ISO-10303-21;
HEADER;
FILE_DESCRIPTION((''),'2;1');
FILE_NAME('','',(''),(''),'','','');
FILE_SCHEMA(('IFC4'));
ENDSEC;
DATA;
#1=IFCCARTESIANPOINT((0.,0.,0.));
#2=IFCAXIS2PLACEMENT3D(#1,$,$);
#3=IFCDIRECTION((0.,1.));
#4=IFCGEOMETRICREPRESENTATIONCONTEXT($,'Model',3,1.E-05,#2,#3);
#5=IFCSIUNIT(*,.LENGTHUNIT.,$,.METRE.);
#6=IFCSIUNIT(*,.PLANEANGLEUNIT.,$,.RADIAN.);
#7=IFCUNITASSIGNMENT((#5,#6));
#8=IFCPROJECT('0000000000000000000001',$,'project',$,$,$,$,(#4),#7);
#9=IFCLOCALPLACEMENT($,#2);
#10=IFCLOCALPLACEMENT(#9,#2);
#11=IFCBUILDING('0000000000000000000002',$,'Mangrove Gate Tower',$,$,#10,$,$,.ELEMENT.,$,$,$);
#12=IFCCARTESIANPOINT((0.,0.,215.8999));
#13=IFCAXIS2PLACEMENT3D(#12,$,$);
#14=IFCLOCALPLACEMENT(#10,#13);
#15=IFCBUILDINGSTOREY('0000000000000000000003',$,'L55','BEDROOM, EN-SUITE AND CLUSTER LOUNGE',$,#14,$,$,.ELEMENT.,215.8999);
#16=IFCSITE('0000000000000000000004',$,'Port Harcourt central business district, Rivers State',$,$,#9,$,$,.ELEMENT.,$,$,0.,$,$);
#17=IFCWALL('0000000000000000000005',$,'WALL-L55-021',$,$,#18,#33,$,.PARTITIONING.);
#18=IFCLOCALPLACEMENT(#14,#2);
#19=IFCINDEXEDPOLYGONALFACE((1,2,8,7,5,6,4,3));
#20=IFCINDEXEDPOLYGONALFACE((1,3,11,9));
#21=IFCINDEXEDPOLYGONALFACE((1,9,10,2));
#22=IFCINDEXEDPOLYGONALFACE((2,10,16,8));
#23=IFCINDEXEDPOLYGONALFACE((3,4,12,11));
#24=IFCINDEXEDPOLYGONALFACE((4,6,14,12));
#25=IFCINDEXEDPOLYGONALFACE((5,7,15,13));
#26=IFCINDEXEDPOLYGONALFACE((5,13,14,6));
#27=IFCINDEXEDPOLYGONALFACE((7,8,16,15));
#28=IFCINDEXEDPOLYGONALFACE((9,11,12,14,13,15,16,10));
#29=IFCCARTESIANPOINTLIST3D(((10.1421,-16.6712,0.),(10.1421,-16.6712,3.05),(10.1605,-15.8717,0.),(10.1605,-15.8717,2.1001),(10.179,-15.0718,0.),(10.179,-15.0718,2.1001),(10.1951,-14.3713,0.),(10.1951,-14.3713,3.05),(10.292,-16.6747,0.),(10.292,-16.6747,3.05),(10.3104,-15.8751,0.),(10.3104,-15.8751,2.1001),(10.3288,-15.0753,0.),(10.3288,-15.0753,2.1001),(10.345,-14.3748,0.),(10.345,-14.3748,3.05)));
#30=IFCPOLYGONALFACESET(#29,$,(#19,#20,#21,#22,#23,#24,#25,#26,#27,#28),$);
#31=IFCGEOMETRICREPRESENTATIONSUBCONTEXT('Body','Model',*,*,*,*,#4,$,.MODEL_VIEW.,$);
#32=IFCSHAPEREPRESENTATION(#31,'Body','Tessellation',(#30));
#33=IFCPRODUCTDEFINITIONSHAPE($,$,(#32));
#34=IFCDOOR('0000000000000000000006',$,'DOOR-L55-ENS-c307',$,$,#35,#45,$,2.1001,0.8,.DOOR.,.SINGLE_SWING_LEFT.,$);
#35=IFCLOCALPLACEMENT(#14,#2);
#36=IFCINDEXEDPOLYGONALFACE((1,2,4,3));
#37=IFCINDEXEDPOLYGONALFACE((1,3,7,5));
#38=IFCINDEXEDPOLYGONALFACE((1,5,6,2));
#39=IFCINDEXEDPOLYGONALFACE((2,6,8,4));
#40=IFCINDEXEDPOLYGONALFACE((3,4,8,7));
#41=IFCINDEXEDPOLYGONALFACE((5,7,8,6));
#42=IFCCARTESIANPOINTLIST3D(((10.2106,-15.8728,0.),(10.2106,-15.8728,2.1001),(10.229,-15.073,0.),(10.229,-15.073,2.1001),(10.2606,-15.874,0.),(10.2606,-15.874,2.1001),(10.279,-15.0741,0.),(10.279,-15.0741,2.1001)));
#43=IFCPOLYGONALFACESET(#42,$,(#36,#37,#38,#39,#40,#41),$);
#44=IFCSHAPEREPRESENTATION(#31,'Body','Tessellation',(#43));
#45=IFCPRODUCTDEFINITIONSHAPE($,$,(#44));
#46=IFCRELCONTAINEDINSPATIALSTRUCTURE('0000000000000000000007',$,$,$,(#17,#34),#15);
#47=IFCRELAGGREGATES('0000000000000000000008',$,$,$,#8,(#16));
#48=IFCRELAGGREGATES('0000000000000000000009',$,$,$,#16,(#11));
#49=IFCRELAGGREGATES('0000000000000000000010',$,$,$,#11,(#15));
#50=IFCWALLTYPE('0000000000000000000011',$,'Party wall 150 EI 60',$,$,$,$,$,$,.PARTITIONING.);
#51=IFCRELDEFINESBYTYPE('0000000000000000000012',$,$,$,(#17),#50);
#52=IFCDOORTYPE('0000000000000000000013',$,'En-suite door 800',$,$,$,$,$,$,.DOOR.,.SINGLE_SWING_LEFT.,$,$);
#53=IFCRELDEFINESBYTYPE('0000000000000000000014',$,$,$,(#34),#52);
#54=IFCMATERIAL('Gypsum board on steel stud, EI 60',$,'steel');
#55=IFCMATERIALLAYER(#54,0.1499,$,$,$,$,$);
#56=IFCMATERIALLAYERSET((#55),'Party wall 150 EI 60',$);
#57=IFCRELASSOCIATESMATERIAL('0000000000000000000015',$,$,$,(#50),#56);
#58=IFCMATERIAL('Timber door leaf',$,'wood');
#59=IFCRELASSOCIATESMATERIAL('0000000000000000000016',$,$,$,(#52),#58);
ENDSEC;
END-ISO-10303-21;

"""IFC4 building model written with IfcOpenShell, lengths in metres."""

from ifc_helpers import new_model, si_unit, direction, frame, frame_2d, origin, place, context, subcontext, project, spatial, rectangle, extrude, material, layer, layer_set, type_object, element, fill, save


model = new_model("IFC4")

# Units and contexts
model_context = context("Model", 3, precision=1e-05, world=origin(), true_north=direction((0.0, 1.0)))
body_context = subcontext(model_context, "Body", "Model", "MODEL_VIEW")
ifc_project = project(units=[si_unit("LENGTHUNIT", "METRE"), si_unit("PLANEANGLEUNIT", "RADIAN")], contexts=[model_context])

# Site, building, storey
site_placement = place(None, origin())
site = spatial("IfcSite", under=ifc_project, at=site_placement, Name="Port Harcourt central business district, Rivers State", CompositionType="ELEMENT", RefElevation=0.0)
building_placement = place(site_placement, origin())
building = spatial("IfcBuilding", under=site, at=building_placement, Name="Mangrove Gate Tower", CompositionType="ELEMENT")
storey_placement = place(building_placement, frame((0.0, 0.0, 215.8999)))
storey = spatial("IfcBuildingStorey", under=building, at=storey_placement, Name="L55", Description="BEDROOM, EN-SUITE AND CLUSTER LOUNGE", CompositionType="ELEMENT", Elevation=215.8999)

# Shared definitions
ifc_material_1 = material(Name="Gypsum board on steel stud, EI 60", Category="steel")
ifc_layer_1 = layer(ifc_material_1, 0.1499)
ifc_layer_set_1 = layer_set([ifc_layer_1], Name="Party wall 150 EI 60")
wall_type_1 = type_object("IfcWallType", Name="Party wall 150 EI 60", PredefinedType="PARTITIONING", material=ifc_layer_set_1)

# Shared definitions
ifc_material_2 = material(Name="Timber door leaf", Category="wood")
door_type_1 = type_object("IfcDoorType", Name="En-suite door 800", OperationType="SINGLE_SWING_LEFT", PredefinedType="DOOR", material=ifc_material_2)

# Wall, opening, door
wall_1_placement = place(storey_placement, frame((10.217, -16.6731, 0.0), z_axis=(0.0, 0.0, 1.0), x_axis=(0.023028, 0.999735, 0.0)))
wall_1 = element("IfcWall", 1, at=wall_1_placement, inside=storey, type_object=wall_type_1, Name="WALL-L55-021", PredefinedType="PARTITIONING", context=body_context, shape_type="SweptSolid", body=[
    extrude(rectangle(XDim=2.3005, YDim=0.1499, at=frame_2d((1.1504, 0.0))), origin(), (0.0, 0.0, 1.0), 3.05),
])
opening_1_placement = place(wall_1_placement, frame((0.8, 0.0, 0.0)))
opening_1 = element("IfcOpeningElement", 2, at=opening_1_placement, cuts=wall_1, PredefinedType="OPENING", context=body_context, shape_type="SweptSolid", body=[
    extrude(rectangle(XDim=0.8, YDim=2.1001, at=frame_2d((0.3999, 1.05))), frame((0.0, 0.085, 0.0), z_axis=(0.0, -1.0, 0.0), x_axis=(1.0, 0.0, 0.0)), (0.0, 0.0, 1.0), 0.1699),
])
door_1_placement = place(opening_1_placement, origin())
door_1 = element("IfcDoor", 3, at=door_1_placement, inside=storey, type_object=door_type_1, Name="DOOR-L55-ENS-c307", OperationType="SINGLE_SWING_LEFT", OverallHeight=2.1001, OverallWidth=0.8, PredefinedType="DOOR", context=body_context, shape_type="SweptSolid", body=[
    extrude(rectangle(XDim=0.8, YDim=2.1001, at=frame_2d((0.3999, 1.05))), frame((0.0, 0.0249, 0.0), z_axis=(0.0, -1.0, 0.0), x_axis=(1.0, 0.0, 0.0)), (0.0, 0.0, 1.0), 0.05),
])
fill(opening_1, door_1)

save(model, "model.ifc")
